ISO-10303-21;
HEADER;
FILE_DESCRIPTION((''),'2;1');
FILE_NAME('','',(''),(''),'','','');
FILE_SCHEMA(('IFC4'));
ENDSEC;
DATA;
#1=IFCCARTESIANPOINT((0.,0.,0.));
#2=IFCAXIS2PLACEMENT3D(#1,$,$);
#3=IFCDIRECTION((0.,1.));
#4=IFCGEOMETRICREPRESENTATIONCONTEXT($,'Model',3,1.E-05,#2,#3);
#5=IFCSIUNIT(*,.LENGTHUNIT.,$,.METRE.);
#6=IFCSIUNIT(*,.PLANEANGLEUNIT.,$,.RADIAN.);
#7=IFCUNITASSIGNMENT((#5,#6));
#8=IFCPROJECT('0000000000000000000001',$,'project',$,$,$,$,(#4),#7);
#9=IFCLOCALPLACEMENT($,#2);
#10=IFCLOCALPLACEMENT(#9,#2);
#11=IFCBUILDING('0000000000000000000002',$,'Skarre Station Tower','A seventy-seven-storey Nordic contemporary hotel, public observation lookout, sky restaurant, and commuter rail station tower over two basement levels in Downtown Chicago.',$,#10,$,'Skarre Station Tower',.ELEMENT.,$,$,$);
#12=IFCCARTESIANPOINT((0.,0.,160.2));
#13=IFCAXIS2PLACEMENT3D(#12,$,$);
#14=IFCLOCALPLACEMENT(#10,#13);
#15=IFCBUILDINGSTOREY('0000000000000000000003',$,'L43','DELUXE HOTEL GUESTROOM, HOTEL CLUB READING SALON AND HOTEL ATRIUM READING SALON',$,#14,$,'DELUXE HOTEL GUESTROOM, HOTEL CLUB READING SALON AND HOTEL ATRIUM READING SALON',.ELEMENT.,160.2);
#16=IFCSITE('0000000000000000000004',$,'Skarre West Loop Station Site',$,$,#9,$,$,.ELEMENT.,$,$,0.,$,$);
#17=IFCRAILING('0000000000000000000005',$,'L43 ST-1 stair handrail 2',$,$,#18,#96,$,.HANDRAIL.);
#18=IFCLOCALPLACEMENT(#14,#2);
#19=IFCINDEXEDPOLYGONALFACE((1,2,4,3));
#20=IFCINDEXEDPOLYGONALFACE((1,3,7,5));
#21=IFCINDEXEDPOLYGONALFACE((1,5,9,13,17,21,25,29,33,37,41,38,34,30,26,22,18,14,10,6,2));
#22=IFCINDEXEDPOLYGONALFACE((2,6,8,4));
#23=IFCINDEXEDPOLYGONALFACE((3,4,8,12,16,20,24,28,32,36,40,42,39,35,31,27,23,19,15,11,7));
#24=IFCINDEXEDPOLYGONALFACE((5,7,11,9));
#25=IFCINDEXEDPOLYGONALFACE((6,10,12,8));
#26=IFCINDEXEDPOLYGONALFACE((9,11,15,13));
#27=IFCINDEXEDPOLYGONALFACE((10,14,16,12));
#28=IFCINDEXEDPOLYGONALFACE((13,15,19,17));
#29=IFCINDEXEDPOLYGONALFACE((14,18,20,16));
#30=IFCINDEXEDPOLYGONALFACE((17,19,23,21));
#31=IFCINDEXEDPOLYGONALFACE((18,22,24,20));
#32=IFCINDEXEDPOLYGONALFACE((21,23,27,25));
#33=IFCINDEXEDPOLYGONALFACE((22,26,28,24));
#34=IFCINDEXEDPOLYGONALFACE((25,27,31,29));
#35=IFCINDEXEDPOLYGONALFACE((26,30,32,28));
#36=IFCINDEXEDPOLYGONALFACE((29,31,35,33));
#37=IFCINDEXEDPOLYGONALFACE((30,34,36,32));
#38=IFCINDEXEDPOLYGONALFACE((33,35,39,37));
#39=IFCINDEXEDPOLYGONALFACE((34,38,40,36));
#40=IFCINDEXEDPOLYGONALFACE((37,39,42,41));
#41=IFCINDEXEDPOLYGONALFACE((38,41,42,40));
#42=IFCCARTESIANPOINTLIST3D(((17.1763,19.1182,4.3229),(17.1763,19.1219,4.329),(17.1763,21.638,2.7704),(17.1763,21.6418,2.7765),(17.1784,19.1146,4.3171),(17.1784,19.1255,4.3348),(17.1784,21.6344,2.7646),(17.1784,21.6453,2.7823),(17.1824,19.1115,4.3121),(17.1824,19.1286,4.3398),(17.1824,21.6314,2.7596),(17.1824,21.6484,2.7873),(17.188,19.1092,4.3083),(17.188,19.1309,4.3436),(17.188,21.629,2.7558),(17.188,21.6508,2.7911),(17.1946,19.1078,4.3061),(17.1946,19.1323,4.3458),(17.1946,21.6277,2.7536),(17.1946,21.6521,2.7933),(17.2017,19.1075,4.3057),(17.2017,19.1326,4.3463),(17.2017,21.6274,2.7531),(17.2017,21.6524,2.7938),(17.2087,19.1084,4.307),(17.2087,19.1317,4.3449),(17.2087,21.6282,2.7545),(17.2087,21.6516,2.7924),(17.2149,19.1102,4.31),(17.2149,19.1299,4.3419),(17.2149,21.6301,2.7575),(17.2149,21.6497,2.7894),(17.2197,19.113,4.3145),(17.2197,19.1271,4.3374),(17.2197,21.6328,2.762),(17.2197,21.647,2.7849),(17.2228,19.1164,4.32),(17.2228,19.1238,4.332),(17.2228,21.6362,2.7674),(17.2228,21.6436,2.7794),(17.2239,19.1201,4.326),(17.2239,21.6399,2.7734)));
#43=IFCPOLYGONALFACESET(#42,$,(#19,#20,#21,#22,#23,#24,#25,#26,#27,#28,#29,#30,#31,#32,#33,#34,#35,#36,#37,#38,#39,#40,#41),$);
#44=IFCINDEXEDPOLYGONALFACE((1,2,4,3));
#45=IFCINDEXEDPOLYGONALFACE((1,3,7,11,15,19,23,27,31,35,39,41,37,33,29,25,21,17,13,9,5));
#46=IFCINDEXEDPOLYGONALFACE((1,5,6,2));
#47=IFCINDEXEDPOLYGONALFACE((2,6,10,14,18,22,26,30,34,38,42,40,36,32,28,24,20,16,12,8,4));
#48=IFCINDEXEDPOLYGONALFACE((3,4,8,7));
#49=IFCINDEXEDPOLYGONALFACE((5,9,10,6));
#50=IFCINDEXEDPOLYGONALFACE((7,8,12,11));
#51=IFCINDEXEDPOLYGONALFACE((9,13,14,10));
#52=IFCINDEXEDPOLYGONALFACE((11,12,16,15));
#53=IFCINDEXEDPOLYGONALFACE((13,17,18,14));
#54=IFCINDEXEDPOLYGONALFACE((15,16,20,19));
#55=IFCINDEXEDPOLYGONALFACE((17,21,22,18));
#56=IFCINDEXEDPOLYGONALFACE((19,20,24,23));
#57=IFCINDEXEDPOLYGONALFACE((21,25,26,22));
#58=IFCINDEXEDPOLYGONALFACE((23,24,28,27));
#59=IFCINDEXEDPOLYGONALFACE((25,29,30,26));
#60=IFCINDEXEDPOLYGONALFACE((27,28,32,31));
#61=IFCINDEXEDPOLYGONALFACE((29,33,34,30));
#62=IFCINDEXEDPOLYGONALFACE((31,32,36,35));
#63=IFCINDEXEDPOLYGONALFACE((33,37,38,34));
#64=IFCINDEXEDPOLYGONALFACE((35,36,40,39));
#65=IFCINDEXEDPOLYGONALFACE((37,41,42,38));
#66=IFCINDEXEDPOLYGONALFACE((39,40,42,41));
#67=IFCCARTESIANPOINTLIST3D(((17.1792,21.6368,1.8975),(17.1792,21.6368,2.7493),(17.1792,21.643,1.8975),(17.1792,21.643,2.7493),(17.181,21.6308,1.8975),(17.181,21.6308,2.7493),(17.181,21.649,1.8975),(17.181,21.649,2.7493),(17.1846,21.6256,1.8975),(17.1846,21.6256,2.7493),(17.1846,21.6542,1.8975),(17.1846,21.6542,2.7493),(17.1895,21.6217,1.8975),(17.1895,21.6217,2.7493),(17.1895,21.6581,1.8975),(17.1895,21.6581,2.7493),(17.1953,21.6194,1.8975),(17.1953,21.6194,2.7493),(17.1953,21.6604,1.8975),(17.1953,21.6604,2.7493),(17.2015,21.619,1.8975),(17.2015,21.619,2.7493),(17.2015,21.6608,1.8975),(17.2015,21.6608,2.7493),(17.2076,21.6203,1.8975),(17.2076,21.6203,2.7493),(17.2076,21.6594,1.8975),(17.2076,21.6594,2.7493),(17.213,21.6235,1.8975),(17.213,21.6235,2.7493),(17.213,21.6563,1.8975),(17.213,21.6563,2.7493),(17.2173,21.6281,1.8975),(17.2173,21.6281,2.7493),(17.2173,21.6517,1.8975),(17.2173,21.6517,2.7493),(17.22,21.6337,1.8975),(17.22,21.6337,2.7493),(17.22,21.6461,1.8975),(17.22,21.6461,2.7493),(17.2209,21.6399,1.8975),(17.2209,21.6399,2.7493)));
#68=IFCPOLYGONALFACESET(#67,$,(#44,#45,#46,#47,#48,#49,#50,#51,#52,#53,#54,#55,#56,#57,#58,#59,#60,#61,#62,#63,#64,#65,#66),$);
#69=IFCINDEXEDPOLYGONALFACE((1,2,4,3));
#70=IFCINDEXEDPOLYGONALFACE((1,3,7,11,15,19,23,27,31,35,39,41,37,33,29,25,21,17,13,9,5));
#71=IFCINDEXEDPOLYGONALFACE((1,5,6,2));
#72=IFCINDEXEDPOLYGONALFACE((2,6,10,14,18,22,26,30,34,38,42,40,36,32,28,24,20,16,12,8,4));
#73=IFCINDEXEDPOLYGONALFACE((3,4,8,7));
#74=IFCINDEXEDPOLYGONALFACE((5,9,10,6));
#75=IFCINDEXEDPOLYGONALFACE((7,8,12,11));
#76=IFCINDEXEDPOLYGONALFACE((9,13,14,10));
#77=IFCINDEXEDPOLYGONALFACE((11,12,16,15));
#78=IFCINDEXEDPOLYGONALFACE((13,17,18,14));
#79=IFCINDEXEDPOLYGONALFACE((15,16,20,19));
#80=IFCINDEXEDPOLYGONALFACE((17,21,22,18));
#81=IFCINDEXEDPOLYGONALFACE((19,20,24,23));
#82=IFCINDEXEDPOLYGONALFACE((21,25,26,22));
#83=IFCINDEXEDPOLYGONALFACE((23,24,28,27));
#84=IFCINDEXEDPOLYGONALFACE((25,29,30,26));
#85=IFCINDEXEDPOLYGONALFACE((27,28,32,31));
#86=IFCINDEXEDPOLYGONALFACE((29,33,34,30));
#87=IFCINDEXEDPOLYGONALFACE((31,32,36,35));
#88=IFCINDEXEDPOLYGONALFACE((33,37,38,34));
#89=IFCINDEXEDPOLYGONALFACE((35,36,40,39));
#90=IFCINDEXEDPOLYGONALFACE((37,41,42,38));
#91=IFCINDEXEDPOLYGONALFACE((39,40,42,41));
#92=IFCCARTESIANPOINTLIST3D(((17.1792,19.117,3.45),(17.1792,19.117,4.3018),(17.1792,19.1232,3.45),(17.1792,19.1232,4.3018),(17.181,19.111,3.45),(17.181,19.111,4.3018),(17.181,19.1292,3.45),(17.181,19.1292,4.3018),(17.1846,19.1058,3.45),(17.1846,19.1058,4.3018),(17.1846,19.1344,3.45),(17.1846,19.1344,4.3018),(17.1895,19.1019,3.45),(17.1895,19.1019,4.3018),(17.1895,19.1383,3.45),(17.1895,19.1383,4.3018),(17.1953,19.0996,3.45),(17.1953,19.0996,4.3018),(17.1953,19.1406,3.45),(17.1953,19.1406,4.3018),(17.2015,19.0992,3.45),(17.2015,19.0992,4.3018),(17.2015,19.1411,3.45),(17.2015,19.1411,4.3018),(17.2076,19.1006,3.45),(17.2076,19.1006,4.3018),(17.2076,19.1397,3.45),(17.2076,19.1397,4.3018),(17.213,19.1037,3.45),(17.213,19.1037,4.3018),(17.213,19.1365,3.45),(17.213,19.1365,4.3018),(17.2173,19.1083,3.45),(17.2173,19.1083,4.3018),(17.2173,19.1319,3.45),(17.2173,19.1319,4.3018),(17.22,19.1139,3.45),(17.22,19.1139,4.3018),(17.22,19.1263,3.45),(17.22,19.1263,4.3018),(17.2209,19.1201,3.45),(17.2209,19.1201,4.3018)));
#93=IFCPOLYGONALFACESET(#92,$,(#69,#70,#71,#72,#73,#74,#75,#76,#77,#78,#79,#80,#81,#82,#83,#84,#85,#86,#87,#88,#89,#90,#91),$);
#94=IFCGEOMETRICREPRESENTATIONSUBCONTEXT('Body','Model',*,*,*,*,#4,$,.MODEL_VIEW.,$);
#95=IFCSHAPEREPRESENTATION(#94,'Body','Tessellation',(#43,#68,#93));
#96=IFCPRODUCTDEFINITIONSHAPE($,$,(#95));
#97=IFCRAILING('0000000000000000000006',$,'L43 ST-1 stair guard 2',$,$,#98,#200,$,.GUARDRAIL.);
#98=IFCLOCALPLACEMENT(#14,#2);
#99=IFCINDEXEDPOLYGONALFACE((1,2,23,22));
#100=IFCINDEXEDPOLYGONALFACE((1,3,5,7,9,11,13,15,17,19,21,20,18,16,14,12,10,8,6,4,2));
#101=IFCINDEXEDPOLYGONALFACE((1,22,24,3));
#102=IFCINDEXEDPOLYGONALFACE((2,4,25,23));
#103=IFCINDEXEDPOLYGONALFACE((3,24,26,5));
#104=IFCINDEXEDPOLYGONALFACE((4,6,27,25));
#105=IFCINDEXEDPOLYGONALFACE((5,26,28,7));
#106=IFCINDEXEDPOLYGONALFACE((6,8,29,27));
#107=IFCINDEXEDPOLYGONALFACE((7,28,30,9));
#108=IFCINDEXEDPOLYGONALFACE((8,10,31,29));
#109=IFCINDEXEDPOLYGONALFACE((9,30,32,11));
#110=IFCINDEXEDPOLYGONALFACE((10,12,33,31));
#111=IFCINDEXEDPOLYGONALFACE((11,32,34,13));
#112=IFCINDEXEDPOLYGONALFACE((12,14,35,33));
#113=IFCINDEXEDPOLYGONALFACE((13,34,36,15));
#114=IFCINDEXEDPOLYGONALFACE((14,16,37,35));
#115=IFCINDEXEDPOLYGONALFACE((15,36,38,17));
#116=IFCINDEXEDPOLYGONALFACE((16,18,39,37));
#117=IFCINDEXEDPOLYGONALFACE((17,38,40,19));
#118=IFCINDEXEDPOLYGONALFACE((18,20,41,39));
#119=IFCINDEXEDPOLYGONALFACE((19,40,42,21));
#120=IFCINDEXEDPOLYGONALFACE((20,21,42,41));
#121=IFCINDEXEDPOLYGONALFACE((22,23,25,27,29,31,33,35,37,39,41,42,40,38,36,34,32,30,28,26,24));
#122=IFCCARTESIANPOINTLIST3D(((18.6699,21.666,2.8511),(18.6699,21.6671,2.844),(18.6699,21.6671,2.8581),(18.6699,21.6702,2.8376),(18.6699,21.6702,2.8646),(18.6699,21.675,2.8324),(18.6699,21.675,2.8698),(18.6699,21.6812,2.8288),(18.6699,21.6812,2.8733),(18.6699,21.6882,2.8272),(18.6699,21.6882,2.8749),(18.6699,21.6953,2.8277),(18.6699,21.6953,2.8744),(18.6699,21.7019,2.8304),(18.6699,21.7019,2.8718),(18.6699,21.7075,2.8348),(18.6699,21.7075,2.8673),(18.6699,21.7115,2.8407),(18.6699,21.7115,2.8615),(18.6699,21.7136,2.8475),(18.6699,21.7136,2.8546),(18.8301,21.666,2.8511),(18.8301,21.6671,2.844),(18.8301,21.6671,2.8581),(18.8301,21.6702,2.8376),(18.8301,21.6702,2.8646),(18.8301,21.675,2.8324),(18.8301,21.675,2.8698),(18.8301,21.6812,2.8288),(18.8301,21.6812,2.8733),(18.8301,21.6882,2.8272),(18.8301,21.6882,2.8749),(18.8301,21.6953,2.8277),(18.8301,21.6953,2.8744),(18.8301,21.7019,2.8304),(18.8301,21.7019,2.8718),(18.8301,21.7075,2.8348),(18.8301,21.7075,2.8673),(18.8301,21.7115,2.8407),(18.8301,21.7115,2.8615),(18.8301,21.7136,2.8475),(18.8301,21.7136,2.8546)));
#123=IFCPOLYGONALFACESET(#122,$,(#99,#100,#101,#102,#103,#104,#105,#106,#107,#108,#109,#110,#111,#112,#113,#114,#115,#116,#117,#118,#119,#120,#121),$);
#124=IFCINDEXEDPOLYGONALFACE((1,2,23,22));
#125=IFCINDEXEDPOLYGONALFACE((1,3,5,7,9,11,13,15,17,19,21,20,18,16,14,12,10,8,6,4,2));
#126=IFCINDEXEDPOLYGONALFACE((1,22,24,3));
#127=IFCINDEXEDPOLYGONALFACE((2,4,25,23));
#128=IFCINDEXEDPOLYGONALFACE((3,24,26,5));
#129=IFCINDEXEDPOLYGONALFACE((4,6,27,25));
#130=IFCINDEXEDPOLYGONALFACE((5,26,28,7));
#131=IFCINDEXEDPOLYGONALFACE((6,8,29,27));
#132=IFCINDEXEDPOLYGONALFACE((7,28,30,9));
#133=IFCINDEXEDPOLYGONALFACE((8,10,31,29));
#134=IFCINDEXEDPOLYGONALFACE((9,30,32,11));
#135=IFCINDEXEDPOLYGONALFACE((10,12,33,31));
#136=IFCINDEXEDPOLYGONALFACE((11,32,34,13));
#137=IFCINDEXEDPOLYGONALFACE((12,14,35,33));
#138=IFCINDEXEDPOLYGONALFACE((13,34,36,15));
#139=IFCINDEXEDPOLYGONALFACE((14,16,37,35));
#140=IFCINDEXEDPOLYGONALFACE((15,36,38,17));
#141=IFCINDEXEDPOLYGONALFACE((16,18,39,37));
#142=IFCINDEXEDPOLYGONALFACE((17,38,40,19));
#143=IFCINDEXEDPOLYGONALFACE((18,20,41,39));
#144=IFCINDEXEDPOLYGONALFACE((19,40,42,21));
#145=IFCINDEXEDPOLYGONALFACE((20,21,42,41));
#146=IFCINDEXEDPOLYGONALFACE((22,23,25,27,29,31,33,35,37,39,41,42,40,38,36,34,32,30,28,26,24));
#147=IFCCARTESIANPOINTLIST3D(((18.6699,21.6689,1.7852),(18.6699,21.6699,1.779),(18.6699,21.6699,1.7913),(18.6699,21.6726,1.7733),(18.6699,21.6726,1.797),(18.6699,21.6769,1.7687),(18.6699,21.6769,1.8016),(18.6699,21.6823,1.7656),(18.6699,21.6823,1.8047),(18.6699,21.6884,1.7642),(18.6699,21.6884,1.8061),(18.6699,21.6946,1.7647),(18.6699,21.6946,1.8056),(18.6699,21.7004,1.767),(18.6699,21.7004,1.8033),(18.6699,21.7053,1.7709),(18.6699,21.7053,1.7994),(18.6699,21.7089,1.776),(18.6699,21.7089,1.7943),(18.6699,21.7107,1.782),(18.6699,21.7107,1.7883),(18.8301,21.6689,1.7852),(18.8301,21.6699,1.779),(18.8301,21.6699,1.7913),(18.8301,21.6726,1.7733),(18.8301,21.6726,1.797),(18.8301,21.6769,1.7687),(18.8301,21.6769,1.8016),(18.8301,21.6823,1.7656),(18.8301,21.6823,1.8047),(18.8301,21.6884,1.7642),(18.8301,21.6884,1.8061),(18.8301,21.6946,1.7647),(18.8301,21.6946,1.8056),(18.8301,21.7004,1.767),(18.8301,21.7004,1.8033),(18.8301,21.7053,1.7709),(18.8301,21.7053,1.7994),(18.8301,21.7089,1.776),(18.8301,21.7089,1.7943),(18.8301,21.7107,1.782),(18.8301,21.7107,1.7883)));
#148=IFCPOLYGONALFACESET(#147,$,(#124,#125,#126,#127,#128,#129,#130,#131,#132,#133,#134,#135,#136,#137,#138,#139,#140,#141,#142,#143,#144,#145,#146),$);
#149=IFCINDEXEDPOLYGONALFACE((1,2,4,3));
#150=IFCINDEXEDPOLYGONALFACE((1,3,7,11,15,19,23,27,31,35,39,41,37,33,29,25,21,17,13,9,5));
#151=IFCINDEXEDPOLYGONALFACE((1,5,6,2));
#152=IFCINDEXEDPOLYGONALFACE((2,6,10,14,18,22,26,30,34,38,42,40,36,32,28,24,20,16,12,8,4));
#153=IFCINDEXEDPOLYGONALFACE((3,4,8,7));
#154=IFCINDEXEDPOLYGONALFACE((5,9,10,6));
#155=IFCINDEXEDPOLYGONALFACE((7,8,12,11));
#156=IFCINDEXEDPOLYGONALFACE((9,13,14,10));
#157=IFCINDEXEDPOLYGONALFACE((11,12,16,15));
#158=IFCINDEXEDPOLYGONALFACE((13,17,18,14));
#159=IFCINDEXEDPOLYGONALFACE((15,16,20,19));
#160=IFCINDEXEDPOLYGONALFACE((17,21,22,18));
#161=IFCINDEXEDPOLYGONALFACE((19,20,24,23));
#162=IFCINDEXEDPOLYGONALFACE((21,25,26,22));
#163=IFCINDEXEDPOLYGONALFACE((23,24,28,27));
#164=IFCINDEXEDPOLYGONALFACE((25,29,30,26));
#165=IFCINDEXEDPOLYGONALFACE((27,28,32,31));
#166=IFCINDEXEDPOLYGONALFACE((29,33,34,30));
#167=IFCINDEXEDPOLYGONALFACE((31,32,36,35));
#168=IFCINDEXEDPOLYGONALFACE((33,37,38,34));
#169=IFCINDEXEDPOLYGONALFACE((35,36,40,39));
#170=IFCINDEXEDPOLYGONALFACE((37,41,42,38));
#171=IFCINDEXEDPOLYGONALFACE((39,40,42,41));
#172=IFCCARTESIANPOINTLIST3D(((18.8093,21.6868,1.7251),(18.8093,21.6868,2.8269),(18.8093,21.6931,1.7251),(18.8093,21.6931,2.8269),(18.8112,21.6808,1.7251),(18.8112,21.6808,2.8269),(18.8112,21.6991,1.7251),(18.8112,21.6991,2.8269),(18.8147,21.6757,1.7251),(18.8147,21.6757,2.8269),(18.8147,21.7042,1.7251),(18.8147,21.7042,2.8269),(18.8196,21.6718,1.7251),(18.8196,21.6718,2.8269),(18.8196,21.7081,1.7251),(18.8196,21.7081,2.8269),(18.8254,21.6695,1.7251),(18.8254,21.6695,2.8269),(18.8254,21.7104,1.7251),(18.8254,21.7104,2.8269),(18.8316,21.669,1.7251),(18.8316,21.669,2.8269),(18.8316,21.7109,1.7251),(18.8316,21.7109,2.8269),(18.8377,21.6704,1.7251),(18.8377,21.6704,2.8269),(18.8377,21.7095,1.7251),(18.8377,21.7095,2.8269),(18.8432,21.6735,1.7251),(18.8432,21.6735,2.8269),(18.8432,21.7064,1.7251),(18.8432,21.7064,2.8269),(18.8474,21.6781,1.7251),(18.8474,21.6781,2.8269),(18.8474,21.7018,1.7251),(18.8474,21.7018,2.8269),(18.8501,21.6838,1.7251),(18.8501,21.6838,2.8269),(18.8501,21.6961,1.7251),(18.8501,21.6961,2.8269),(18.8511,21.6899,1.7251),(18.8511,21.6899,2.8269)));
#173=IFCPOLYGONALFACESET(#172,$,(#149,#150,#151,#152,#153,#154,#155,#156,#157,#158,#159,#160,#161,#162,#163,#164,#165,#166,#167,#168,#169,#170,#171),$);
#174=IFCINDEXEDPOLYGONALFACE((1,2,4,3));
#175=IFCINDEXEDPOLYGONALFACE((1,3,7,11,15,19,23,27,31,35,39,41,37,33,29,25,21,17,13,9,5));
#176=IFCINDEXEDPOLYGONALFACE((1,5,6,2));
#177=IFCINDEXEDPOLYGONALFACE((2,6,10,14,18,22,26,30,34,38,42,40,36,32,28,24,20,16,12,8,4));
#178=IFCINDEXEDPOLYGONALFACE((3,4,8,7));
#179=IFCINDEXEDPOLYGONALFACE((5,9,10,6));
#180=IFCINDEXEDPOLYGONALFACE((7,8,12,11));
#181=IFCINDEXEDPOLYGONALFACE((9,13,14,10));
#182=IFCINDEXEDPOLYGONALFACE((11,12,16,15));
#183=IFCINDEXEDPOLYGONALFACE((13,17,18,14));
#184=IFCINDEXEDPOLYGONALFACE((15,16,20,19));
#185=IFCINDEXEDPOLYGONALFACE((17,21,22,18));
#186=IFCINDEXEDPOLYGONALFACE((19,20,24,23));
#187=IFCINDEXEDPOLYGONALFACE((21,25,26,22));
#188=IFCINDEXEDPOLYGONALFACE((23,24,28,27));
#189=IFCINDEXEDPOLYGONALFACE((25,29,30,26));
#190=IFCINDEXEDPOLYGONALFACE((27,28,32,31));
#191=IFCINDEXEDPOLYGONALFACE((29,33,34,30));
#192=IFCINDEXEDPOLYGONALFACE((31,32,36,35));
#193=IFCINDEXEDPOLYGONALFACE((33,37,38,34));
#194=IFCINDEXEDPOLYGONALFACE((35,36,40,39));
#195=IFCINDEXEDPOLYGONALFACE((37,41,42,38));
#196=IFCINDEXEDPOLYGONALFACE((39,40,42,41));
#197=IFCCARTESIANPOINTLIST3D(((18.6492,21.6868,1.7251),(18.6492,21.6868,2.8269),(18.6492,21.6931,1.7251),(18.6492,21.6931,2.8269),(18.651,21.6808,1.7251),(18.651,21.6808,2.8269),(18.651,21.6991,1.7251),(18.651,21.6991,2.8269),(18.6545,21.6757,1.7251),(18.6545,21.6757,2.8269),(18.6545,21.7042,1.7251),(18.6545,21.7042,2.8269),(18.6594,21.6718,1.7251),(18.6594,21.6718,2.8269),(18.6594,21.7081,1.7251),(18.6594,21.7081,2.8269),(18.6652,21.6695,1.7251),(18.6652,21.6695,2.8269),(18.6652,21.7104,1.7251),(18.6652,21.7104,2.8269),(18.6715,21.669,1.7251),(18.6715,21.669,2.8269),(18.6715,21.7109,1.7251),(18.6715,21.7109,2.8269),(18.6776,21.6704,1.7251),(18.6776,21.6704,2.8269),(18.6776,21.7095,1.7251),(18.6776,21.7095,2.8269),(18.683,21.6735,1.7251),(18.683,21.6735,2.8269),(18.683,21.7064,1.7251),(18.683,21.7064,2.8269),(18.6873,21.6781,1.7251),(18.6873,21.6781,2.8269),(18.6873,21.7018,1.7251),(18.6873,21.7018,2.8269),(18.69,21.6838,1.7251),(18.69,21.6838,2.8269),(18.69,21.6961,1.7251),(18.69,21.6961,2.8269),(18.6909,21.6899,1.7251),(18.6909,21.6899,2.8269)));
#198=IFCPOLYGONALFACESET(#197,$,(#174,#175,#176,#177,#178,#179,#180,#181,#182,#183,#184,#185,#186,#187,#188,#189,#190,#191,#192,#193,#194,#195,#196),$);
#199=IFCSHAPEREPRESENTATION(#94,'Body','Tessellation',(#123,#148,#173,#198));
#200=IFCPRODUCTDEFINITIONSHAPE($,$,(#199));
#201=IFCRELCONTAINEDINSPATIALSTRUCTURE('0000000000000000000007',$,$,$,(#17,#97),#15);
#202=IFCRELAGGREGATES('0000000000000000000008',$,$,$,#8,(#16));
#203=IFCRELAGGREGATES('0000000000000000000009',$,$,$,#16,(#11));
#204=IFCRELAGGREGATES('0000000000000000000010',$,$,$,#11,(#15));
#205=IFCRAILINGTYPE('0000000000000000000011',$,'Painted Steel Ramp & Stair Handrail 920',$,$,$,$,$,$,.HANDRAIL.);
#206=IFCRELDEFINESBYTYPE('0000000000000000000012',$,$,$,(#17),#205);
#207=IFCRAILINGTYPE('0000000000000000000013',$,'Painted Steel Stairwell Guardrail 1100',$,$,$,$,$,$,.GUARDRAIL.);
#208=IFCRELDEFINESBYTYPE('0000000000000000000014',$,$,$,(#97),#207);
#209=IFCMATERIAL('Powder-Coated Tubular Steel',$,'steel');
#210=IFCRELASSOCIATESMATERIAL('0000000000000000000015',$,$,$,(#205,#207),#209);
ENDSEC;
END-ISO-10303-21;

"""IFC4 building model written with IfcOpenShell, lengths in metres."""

from ifc_helpers import new_model, si_unit, direction, frame, origin, origin_2d, place, context, subcontext, project, spatial, circle, extrude, material, type_object, element, save


model = new_model("IFC4")

# Units and contexts
model_context = context("Model", 3, precision=1e-05, world=origin(), true_north=direction((0.0, 1.0)))
body_context = subcontext(model_context, "Body", "Model", "MODEL_VIEW")
ifc_project = project(units=[si_unit("LENGTHUNIT", "METRE"), si_unit("PLANEANGLEUNIT", "RADIAN")], contexts=[model_context])

# Site, building, storey
site_placement = place(None, origin())
site = spatial("IfcSite", under=ifc_project, at=site_placement, Name="Skarre West Loop Station Site", CompositionType="ELEMENT", RefElevation=0.0)
building_placement = place(site_placement, origin())
building = spatial("IfcBuilding", under=site, at=building_placement, Name="Skarre Station Tower", Description="A seventy-seven-storey Nordic contemporary hotel, public observation lookout, sky restaurant, and commuter rail station tower over two basement levels in Downtown Chicago.", LongName="Skarre Station Tower", CompositionType="ELEMENT")
storey_placement = place(building_placement, frame((0.0, 0.0, 160.2)))
storey = spatial("IfcBuildingStorey", under=building, at=storey_placement, Name="L43", Description="DELUXE HOTEL GUESTROOM, HOTEL CLUB READING SALON AND HOTEL ATRIUM READING SALON", LongName="DELUXE HOTEL GUESTROOM, HOTEL CLUB READING SALON AND HOTEL ATRIUM READING SALON", CompositionType="ELEMENT", Elevation=160.2)

# Railings
ifc_material_1 = material(Name="Powder-Coated Tubular Steel", Category="steel")
railing_type_1 = type_object("IfcRailingType", Name="Painted Steel Ramp & Stair Handrail 920", PredefinedType="HANDRAIL", material=ifc_material_1)
railing_1_placement = place(storey_placement, frame((17.2, 21.6399, 1.8975)))
element("IfcRailing", 1, at=railing_1_placement, inside=storey, type_object=railing_type_1, Name="L43 ST-1 stair handrail 2", PredefinedType="HANDRAIL", context=body_context, shape_type="SweptSolid", body=[
    extrude(circle(Radius=0.0239, at=origin_2d()), frame((0.0, 0.0, 0.876), z_axis=(0.0, -0.851378, 0.524553), x_axis=(1.0, 0.0, 0.0)), (0.0, 0.0, 1.0), 2.9597),
    extrude(circle(Radius=0.021, at=origin_2d()), origin(), (0.0, 0.0, 1.0), 0.8518),
    extrude(circle(Radius=0.021, at=origin_2d()), frame((0.0, -2.5198, 1.5525)), (0.0, 0.0, 1.0), 0.8518),
])
railing_type_2 = type_object("IfcRailingType", Name="Painted Steel Stairwell Guardrail 1100", PredefinedType="GUARDRAIL", material=ifc_material_1)
railing_2_placement = place(storey_placement, frame((18.8301, 21.6899, 1.7251)))
element("IfcRailing", 2, at=railing_2_placement, inside=storey, type_object=railing_type_2, Name="L43 ST-1 stair guard 2", PredefinedType="GUARDRAIL", context=body_context, shape_type="SweptSolid", body=[
    extrude(circle(Radius=0.0239, at=origin_2d()), frame((0.0, 0.0, 1.126), z_axis=(-1.0, 0.0, 0.0), x_axis=(0.0, -1.0, 0.0)), (0.0, 0.0, 1.0), 0.1602),
    extrude(circle(Radius=0.021, at=origin_2d()), frame((0.0, 0.0, 0.0601), z_axis=(-1.0, 0.0, 0.0), x_axis=(0.0, -1.0, 0.0)), (0.0, 0.0, 1.0), 0.1602),
    extrude(circle(Radius=0.021, at=origin_2d()), origin(), (0.0, 0.0, 1.0), 1.1018),
    extrude(circle(Radius=0.021, at=origin_2d()), frame((-0.1602, 0.0, 0.0)), (0.0, 0.0, 1.0), 1.1018),
])

save(model, "model.ifc")
